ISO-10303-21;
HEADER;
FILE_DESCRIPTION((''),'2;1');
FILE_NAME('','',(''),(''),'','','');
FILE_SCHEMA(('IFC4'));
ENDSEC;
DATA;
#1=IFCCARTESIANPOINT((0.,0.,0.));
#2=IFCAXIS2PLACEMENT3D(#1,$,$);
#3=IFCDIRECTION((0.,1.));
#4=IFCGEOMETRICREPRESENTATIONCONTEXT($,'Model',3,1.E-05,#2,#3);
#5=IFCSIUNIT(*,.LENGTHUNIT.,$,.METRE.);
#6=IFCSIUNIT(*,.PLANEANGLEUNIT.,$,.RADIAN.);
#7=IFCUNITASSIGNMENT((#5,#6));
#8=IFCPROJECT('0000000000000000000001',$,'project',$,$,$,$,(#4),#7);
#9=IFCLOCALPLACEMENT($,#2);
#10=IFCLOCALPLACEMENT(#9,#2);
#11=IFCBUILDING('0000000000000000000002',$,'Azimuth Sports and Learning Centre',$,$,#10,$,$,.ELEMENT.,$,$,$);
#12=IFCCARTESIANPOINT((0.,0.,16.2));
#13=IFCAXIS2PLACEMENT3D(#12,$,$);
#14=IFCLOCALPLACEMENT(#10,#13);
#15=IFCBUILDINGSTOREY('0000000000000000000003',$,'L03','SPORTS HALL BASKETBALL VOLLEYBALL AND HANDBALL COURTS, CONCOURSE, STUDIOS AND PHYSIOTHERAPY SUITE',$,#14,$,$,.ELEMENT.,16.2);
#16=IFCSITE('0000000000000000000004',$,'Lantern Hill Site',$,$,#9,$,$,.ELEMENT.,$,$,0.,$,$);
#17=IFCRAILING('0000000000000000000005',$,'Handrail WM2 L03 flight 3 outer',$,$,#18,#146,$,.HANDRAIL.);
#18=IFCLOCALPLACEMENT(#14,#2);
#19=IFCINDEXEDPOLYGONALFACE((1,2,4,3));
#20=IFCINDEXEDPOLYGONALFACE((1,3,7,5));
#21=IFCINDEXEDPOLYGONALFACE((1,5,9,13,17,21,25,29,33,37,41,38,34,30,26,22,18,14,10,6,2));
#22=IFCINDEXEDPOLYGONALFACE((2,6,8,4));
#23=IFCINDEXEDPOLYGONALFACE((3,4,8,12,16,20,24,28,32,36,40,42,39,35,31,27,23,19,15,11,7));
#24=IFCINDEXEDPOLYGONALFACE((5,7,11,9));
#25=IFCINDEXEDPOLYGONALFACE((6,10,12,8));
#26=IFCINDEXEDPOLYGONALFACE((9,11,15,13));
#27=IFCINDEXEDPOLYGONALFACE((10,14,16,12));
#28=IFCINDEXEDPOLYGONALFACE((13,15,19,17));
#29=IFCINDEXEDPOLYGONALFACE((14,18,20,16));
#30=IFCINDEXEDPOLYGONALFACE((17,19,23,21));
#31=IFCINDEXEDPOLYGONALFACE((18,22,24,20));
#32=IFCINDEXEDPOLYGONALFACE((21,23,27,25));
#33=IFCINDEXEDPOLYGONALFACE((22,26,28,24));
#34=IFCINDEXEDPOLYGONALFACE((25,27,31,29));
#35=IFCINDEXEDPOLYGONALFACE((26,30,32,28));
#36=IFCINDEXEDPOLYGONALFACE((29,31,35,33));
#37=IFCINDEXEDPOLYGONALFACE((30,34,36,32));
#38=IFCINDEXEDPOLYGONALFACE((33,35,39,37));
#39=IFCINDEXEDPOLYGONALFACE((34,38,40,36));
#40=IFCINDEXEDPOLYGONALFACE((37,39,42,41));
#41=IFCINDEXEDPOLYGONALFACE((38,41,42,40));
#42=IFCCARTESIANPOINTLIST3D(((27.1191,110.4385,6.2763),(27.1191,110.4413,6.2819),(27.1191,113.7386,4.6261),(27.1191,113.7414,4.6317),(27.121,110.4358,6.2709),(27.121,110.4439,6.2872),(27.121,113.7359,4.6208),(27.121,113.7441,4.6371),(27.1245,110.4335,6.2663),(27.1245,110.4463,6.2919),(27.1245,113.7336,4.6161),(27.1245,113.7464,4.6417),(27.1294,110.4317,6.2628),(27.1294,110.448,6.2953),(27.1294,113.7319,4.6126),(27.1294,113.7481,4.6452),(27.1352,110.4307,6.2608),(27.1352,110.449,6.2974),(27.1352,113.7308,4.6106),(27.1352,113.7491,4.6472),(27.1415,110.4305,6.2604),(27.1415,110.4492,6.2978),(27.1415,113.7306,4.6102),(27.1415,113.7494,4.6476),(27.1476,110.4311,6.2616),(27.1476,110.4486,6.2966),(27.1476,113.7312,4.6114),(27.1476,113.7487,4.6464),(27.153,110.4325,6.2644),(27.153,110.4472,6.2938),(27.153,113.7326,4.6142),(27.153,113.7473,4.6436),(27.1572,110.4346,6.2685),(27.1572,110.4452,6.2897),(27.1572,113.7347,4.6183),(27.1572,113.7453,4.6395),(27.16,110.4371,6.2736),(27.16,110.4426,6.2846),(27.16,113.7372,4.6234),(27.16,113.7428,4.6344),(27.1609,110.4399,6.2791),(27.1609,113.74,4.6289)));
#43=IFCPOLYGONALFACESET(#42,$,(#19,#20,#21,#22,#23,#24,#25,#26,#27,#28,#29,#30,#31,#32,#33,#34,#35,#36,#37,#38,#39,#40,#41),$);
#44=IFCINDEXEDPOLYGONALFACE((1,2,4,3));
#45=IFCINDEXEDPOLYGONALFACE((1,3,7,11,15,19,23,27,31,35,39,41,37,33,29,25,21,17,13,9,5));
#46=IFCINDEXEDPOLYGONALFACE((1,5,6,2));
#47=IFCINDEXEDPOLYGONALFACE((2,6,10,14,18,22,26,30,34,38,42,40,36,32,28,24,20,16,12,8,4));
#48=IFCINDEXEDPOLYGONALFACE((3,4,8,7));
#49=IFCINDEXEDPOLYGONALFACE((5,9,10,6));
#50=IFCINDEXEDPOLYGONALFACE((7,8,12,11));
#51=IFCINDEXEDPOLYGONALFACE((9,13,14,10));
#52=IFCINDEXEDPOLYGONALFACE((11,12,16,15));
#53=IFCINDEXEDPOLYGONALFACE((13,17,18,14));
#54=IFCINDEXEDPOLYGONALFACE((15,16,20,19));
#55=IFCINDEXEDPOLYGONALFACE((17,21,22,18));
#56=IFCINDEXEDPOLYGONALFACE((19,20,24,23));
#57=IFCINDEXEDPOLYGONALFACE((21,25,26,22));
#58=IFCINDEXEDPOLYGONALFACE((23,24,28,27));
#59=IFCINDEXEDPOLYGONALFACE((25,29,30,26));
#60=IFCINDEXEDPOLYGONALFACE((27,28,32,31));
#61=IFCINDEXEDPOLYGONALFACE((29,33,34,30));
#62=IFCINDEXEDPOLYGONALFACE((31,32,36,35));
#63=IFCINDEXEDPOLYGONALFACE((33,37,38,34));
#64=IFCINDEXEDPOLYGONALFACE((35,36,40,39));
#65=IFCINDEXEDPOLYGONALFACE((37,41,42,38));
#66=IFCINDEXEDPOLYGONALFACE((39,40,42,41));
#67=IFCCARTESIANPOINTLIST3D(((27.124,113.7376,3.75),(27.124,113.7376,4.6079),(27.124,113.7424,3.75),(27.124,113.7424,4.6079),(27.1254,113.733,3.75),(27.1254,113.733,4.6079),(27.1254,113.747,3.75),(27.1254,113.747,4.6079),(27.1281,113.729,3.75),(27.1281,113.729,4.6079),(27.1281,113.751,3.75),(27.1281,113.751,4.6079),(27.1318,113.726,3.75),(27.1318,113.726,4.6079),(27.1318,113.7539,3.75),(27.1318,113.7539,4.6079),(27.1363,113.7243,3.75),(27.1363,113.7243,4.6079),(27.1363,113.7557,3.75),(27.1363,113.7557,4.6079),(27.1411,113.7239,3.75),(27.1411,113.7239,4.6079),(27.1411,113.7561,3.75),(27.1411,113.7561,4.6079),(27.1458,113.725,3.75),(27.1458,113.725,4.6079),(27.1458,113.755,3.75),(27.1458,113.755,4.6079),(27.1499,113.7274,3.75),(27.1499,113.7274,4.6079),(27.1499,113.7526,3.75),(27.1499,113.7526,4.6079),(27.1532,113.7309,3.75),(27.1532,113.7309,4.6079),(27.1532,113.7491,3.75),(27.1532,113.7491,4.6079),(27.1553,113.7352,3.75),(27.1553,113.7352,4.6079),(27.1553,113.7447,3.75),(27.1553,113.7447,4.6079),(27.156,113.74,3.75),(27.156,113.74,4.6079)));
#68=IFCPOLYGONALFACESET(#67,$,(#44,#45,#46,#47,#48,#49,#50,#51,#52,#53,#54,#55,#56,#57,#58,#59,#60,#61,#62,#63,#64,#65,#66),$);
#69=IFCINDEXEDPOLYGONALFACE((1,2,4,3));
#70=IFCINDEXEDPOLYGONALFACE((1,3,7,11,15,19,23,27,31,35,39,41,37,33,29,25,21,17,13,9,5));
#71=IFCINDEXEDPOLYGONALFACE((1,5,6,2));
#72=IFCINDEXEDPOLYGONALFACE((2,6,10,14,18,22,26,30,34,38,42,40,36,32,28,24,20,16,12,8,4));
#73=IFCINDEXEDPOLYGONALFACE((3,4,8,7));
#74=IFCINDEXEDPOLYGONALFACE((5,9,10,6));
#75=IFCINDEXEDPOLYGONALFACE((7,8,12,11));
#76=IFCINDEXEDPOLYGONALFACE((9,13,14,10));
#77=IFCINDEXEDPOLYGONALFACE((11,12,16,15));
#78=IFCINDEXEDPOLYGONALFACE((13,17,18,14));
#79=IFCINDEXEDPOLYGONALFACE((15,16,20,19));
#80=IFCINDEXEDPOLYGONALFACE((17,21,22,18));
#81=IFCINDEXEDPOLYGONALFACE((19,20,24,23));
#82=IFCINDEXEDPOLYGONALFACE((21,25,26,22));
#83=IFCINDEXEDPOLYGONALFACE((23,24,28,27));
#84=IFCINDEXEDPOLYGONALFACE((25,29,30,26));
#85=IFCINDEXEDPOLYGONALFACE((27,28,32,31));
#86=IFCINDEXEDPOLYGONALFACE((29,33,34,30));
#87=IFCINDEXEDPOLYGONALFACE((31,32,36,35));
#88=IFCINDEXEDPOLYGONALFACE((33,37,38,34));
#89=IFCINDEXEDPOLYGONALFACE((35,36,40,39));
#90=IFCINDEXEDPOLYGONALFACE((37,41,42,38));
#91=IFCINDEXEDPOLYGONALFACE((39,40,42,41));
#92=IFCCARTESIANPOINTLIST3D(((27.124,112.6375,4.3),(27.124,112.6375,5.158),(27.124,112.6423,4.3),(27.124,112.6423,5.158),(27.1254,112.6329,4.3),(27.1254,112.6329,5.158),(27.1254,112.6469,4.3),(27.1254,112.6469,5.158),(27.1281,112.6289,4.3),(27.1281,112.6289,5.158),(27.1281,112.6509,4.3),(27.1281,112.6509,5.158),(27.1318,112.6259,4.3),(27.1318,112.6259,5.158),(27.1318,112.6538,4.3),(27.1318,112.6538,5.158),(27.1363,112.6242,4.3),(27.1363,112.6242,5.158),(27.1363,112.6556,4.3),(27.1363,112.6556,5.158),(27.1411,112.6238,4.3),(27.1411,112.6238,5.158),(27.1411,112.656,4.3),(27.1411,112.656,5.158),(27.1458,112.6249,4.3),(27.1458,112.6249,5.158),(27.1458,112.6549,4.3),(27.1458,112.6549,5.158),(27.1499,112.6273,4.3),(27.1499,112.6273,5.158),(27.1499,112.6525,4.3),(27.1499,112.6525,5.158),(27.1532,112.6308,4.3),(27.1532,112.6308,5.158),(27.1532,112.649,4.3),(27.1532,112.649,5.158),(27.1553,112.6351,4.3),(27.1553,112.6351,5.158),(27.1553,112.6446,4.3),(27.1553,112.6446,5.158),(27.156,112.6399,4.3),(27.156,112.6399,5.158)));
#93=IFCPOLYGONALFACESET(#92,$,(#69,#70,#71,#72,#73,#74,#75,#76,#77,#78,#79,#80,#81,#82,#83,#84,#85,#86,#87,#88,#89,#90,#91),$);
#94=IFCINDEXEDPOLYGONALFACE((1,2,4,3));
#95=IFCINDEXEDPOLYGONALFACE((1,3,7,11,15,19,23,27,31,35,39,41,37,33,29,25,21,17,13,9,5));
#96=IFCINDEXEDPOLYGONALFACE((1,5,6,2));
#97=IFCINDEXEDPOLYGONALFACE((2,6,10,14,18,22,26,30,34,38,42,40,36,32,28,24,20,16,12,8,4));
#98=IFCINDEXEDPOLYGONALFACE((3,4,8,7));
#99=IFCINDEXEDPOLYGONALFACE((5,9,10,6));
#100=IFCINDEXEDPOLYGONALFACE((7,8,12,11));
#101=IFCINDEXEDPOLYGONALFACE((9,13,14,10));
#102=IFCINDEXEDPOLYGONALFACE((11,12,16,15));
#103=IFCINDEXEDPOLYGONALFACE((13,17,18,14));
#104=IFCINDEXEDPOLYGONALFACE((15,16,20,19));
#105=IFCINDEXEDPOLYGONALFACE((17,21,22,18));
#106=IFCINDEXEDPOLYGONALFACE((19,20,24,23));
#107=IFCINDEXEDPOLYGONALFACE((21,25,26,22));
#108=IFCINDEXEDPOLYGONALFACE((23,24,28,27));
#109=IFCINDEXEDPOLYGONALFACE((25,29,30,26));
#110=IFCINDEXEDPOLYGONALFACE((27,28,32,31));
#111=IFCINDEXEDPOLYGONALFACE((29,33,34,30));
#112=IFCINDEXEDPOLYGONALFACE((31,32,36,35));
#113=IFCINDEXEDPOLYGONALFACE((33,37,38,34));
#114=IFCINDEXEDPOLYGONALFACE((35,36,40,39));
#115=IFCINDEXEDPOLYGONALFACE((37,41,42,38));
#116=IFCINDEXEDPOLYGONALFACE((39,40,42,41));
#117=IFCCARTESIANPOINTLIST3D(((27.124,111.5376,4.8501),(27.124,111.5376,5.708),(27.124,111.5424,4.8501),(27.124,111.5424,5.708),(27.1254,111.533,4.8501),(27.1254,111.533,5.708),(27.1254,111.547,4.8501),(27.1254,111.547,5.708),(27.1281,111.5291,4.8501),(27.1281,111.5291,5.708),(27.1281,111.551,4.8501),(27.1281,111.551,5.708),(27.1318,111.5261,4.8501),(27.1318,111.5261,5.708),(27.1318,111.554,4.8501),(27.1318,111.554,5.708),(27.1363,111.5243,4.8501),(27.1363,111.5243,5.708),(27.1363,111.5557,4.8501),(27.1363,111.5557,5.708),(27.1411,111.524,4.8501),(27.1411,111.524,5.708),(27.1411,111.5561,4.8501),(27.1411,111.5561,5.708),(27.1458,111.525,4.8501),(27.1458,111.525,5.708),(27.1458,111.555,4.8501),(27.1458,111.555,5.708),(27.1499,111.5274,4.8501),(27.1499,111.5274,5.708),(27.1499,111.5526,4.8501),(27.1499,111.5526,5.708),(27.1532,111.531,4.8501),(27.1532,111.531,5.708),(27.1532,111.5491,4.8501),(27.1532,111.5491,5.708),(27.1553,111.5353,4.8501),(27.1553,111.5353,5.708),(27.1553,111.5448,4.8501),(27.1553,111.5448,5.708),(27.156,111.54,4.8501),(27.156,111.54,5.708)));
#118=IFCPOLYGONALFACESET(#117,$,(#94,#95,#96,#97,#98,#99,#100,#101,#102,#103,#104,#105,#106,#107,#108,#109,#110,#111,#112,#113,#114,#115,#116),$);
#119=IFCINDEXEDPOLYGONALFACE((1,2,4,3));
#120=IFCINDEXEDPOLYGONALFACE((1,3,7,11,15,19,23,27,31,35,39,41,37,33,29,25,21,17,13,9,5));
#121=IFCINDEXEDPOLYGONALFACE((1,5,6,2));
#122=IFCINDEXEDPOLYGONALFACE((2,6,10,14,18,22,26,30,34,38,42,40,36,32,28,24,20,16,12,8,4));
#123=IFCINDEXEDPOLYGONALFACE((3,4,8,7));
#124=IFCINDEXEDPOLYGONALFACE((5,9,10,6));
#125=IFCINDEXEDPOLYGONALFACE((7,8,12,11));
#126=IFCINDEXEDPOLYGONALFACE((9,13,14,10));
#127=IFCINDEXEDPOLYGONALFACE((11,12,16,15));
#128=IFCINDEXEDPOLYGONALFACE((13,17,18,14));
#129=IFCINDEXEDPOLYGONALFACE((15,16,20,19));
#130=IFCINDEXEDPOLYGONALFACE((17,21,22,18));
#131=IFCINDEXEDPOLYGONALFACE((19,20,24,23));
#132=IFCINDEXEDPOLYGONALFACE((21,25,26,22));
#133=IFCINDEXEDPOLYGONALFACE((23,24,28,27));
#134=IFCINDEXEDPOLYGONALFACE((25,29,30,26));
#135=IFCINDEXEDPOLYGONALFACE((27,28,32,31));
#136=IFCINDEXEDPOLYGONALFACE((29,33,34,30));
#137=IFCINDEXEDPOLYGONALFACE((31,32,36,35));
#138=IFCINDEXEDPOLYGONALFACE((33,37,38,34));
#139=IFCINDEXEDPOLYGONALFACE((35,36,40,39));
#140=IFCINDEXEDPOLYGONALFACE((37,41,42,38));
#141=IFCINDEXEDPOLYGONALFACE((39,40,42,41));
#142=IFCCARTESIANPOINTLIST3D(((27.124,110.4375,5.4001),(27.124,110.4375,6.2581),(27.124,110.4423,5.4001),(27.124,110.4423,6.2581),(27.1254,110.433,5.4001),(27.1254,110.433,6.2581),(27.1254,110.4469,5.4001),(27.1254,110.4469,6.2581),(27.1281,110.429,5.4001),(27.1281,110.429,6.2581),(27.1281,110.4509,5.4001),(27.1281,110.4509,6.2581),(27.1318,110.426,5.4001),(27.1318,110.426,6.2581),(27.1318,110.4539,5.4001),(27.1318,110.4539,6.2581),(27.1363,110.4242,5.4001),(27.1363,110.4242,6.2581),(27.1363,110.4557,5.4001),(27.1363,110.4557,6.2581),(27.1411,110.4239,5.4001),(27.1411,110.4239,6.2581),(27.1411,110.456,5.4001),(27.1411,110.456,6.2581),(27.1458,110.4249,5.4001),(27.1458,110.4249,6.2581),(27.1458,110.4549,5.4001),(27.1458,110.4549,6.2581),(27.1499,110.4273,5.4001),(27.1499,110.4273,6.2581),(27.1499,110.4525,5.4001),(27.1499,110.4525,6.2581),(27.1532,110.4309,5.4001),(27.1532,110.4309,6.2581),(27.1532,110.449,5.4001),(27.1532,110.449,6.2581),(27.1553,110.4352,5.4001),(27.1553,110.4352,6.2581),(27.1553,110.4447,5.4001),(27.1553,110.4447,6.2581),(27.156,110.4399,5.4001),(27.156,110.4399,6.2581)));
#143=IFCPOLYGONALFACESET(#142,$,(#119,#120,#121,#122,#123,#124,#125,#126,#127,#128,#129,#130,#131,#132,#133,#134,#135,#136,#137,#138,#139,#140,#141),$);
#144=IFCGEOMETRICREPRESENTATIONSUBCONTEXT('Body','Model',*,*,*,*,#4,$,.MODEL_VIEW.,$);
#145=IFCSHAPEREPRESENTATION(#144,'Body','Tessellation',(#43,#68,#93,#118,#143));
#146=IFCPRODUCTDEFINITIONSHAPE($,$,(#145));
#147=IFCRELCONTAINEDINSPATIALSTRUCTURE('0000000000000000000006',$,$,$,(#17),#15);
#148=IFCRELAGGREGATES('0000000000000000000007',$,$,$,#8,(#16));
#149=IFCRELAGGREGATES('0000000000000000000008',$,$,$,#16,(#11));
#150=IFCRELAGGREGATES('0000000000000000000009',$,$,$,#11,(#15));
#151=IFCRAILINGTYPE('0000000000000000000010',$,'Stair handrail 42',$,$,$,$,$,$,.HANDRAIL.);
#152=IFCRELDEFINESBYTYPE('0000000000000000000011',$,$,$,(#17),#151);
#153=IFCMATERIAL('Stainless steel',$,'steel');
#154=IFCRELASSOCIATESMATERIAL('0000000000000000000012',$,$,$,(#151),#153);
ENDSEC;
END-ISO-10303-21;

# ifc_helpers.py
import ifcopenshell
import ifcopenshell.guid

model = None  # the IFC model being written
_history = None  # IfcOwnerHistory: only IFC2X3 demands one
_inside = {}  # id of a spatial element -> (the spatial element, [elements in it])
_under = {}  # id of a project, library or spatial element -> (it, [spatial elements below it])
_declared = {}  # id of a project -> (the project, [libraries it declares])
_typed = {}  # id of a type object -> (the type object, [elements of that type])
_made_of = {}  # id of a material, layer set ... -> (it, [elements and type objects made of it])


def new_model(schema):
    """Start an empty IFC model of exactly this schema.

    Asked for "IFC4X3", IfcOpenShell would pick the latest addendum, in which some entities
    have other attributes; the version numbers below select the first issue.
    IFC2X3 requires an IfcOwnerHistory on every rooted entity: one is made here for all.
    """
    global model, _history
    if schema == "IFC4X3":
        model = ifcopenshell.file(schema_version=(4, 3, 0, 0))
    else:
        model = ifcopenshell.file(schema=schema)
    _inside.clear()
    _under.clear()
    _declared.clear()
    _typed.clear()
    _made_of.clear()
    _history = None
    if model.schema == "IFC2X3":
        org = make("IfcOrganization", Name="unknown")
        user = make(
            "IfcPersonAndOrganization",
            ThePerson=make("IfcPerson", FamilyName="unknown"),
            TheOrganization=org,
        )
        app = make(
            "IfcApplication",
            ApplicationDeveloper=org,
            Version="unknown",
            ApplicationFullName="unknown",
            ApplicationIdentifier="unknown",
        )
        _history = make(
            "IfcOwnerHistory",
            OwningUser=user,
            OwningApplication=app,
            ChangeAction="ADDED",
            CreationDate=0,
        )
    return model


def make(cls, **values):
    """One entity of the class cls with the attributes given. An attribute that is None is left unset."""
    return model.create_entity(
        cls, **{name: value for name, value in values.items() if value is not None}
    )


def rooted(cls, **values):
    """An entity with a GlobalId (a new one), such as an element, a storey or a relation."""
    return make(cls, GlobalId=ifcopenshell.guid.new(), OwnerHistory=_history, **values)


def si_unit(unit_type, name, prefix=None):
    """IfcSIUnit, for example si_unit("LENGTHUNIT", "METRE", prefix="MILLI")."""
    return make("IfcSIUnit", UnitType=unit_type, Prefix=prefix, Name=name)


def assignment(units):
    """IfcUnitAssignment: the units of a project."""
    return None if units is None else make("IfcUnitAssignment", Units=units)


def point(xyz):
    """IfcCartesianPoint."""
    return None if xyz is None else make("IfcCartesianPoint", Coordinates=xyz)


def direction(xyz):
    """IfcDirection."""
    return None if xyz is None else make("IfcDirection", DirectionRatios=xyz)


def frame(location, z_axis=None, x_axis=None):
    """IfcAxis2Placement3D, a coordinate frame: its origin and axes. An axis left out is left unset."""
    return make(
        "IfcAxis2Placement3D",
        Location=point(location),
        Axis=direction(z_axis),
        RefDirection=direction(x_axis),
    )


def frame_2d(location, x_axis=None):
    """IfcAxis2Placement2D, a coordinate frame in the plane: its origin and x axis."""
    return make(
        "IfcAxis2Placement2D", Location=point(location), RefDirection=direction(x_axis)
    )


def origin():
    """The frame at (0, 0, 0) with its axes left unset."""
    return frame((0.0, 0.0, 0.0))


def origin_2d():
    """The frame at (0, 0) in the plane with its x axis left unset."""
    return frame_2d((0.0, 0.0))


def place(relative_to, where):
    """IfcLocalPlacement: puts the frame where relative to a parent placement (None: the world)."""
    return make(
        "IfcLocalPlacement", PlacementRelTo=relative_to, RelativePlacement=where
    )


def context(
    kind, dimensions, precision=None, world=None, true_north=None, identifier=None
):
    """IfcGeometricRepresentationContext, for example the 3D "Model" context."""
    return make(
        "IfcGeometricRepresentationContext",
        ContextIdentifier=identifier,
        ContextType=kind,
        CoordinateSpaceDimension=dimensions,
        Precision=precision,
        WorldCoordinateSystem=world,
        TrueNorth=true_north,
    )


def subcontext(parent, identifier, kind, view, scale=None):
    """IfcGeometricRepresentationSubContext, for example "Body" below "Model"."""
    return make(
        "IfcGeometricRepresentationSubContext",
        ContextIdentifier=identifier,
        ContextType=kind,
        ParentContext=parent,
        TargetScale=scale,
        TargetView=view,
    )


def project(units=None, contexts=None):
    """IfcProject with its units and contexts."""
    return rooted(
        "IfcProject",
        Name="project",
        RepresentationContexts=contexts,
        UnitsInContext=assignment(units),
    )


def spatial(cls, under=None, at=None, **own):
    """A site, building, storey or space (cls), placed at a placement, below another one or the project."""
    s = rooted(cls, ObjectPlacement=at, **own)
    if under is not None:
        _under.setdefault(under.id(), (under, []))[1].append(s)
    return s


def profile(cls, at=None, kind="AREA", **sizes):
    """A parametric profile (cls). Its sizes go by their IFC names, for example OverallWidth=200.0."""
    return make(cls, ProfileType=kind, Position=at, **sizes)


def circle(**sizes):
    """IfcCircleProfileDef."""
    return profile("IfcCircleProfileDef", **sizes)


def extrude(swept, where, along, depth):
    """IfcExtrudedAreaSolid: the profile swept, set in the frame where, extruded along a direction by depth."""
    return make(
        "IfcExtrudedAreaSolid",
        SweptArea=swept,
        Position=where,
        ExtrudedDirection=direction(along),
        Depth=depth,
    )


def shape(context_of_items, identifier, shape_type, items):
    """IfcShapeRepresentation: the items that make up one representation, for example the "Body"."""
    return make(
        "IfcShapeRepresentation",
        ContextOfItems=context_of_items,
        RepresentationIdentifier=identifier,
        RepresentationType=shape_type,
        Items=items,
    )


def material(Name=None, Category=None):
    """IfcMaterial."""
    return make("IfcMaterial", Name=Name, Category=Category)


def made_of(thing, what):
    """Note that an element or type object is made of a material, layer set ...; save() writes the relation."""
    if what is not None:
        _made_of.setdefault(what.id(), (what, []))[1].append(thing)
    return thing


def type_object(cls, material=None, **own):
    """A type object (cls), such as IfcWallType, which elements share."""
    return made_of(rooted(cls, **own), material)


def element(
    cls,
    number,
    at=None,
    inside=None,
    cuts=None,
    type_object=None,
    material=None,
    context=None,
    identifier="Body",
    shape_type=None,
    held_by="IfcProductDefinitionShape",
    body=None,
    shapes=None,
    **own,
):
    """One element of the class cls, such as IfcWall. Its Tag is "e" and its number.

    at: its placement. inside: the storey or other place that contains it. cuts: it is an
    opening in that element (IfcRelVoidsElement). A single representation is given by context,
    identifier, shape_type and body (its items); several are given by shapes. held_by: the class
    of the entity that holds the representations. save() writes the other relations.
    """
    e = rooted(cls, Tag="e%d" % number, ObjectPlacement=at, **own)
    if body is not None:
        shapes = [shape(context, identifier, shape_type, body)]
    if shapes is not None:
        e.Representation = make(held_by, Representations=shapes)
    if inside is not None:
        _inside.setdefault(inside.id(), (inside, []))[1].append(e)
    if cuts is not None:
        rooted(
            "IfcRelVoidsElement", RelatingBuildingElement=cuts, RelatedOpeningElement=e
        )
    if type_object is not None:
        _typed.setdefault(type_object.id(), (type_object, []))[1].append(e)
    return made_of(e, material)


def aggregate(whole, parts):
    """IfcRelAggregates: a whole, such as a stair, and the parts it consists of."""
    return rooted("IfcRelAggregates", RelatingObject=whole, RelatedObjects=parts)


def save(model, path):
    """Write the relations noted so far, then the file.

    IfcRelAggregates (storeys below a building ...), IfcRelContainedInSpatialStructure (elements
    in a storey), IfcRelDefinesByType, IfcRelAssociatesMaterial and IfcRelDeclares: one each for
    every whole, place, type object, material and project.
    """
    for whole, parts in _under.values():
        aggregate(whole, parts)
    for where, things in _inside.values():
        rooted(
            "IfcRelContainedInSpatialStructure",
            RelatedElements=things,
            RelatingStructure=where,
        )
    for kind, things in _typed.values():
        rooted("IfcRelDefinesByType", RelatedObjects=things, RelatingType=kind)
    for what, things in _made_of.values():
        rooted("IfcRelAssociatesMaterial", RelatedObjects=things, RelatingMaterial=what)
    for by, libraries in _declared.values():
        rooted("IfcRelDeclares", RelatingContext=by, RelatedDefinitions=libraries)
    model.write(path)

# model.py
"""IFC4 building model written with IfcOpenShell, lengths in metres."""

from ifc_helpers import new_model, si_unit, direction, frame, origin, origin_2d, place, context, subcontext, project, spatial, circle, extrude, material, type_object, element, save


model = new_model("IFC4")

# Units and contexts
model_context = context("Model", 3, precision=1e-05, world=origin(), true_north=direction((0.0, 1.0)))
body_context = subcontext(model_context, "Body", "Model", "MODEL_VIEW")
ifc_project = project(units=[si_unit("LENGTHUNIT", "METRE"), si_unit("PLANEANGLEUNIT", "RADIAN")], contexts=[model_context])

# Site, building, storey
site_placement = place(None, origin())
site = spatial("IfcSite", under=ifc_project, at=site_placement, Name="Lantern Hill Site", CompositionType="ELEMENT", RefElevation=0.0)
building_placement = place(site_placement, origin())
building = spatial("IfcBuilding", under=site, at=building_placement, Name="Azimuth Sports and Learning Centre", CompositionType="ELEMENT")
storey_placement = place(building_placement, frame((0.0, 0.0, 16.2)))
storey = spatial("IfcBuildingStorey", under=building, at=storey_placement, Name="L03", Description="SPORTS HALL BASKETBALL VOLLEYBALL AND HANDBALL COURTS, CONCOURSE, STUDIOS AND PHYSIOTHERAPY SUITE", CompositionType="ELEMENT", Elevation=16.2)

# Railing
ifc_material_1 = material(Name="Stainless steel", Category="steel")
railing_type_1 = type_object("IfcRailingType", Name="Stair handrail 42", PredefinedType="HANDRAIL", material=ifc_material_1)
for number, where, name in (
    (1, (27.1399, 113.74, 3.75), "Handrail WM2 L03 flight 3 outer"),
):
    element("IfcRailing", number, at=place(storey_placement, frame(where)), inside=storey, type_object=railing_type_1, Name=name, PredefinedType="HANDRAIL", context=body_context, shape_type="SweptSolid", body=[
        extrude(circle(Radius=0.021, at=origin_2d()), frame((0.0, 0.0, 0.8789), z_axis=(0.0, -0.894414, 0.44724), x_axis=(1.0, 0.0, 0.0)), (0.0, 0.0, 1.0), 3.6897),
        extrude(circle(Radius=0.0161, at=origin_2d()), origin(), (0.0, 0.0, 1.0), 0.8579),
        extrude(circle(Radius=0.0161, at=origin_2d()), frame((0.0, -1.1001, 0.55)), (0.0, 0.0, 1.0), 0.8579),
        extrude(circle(Radius=0.0161, at=origin_2d()), frame((0.0, -2.2, 1.1001)), (0.0, 0.0, 1.0), 0.8579),
        extrude(circle(Radius=0.0161, at=origin_2d()), frame((0.0, -3.3, 1.6501)), (0.0, 0.0, 1.0), 0.8579),
    ])

save(model, "model.ifc")
